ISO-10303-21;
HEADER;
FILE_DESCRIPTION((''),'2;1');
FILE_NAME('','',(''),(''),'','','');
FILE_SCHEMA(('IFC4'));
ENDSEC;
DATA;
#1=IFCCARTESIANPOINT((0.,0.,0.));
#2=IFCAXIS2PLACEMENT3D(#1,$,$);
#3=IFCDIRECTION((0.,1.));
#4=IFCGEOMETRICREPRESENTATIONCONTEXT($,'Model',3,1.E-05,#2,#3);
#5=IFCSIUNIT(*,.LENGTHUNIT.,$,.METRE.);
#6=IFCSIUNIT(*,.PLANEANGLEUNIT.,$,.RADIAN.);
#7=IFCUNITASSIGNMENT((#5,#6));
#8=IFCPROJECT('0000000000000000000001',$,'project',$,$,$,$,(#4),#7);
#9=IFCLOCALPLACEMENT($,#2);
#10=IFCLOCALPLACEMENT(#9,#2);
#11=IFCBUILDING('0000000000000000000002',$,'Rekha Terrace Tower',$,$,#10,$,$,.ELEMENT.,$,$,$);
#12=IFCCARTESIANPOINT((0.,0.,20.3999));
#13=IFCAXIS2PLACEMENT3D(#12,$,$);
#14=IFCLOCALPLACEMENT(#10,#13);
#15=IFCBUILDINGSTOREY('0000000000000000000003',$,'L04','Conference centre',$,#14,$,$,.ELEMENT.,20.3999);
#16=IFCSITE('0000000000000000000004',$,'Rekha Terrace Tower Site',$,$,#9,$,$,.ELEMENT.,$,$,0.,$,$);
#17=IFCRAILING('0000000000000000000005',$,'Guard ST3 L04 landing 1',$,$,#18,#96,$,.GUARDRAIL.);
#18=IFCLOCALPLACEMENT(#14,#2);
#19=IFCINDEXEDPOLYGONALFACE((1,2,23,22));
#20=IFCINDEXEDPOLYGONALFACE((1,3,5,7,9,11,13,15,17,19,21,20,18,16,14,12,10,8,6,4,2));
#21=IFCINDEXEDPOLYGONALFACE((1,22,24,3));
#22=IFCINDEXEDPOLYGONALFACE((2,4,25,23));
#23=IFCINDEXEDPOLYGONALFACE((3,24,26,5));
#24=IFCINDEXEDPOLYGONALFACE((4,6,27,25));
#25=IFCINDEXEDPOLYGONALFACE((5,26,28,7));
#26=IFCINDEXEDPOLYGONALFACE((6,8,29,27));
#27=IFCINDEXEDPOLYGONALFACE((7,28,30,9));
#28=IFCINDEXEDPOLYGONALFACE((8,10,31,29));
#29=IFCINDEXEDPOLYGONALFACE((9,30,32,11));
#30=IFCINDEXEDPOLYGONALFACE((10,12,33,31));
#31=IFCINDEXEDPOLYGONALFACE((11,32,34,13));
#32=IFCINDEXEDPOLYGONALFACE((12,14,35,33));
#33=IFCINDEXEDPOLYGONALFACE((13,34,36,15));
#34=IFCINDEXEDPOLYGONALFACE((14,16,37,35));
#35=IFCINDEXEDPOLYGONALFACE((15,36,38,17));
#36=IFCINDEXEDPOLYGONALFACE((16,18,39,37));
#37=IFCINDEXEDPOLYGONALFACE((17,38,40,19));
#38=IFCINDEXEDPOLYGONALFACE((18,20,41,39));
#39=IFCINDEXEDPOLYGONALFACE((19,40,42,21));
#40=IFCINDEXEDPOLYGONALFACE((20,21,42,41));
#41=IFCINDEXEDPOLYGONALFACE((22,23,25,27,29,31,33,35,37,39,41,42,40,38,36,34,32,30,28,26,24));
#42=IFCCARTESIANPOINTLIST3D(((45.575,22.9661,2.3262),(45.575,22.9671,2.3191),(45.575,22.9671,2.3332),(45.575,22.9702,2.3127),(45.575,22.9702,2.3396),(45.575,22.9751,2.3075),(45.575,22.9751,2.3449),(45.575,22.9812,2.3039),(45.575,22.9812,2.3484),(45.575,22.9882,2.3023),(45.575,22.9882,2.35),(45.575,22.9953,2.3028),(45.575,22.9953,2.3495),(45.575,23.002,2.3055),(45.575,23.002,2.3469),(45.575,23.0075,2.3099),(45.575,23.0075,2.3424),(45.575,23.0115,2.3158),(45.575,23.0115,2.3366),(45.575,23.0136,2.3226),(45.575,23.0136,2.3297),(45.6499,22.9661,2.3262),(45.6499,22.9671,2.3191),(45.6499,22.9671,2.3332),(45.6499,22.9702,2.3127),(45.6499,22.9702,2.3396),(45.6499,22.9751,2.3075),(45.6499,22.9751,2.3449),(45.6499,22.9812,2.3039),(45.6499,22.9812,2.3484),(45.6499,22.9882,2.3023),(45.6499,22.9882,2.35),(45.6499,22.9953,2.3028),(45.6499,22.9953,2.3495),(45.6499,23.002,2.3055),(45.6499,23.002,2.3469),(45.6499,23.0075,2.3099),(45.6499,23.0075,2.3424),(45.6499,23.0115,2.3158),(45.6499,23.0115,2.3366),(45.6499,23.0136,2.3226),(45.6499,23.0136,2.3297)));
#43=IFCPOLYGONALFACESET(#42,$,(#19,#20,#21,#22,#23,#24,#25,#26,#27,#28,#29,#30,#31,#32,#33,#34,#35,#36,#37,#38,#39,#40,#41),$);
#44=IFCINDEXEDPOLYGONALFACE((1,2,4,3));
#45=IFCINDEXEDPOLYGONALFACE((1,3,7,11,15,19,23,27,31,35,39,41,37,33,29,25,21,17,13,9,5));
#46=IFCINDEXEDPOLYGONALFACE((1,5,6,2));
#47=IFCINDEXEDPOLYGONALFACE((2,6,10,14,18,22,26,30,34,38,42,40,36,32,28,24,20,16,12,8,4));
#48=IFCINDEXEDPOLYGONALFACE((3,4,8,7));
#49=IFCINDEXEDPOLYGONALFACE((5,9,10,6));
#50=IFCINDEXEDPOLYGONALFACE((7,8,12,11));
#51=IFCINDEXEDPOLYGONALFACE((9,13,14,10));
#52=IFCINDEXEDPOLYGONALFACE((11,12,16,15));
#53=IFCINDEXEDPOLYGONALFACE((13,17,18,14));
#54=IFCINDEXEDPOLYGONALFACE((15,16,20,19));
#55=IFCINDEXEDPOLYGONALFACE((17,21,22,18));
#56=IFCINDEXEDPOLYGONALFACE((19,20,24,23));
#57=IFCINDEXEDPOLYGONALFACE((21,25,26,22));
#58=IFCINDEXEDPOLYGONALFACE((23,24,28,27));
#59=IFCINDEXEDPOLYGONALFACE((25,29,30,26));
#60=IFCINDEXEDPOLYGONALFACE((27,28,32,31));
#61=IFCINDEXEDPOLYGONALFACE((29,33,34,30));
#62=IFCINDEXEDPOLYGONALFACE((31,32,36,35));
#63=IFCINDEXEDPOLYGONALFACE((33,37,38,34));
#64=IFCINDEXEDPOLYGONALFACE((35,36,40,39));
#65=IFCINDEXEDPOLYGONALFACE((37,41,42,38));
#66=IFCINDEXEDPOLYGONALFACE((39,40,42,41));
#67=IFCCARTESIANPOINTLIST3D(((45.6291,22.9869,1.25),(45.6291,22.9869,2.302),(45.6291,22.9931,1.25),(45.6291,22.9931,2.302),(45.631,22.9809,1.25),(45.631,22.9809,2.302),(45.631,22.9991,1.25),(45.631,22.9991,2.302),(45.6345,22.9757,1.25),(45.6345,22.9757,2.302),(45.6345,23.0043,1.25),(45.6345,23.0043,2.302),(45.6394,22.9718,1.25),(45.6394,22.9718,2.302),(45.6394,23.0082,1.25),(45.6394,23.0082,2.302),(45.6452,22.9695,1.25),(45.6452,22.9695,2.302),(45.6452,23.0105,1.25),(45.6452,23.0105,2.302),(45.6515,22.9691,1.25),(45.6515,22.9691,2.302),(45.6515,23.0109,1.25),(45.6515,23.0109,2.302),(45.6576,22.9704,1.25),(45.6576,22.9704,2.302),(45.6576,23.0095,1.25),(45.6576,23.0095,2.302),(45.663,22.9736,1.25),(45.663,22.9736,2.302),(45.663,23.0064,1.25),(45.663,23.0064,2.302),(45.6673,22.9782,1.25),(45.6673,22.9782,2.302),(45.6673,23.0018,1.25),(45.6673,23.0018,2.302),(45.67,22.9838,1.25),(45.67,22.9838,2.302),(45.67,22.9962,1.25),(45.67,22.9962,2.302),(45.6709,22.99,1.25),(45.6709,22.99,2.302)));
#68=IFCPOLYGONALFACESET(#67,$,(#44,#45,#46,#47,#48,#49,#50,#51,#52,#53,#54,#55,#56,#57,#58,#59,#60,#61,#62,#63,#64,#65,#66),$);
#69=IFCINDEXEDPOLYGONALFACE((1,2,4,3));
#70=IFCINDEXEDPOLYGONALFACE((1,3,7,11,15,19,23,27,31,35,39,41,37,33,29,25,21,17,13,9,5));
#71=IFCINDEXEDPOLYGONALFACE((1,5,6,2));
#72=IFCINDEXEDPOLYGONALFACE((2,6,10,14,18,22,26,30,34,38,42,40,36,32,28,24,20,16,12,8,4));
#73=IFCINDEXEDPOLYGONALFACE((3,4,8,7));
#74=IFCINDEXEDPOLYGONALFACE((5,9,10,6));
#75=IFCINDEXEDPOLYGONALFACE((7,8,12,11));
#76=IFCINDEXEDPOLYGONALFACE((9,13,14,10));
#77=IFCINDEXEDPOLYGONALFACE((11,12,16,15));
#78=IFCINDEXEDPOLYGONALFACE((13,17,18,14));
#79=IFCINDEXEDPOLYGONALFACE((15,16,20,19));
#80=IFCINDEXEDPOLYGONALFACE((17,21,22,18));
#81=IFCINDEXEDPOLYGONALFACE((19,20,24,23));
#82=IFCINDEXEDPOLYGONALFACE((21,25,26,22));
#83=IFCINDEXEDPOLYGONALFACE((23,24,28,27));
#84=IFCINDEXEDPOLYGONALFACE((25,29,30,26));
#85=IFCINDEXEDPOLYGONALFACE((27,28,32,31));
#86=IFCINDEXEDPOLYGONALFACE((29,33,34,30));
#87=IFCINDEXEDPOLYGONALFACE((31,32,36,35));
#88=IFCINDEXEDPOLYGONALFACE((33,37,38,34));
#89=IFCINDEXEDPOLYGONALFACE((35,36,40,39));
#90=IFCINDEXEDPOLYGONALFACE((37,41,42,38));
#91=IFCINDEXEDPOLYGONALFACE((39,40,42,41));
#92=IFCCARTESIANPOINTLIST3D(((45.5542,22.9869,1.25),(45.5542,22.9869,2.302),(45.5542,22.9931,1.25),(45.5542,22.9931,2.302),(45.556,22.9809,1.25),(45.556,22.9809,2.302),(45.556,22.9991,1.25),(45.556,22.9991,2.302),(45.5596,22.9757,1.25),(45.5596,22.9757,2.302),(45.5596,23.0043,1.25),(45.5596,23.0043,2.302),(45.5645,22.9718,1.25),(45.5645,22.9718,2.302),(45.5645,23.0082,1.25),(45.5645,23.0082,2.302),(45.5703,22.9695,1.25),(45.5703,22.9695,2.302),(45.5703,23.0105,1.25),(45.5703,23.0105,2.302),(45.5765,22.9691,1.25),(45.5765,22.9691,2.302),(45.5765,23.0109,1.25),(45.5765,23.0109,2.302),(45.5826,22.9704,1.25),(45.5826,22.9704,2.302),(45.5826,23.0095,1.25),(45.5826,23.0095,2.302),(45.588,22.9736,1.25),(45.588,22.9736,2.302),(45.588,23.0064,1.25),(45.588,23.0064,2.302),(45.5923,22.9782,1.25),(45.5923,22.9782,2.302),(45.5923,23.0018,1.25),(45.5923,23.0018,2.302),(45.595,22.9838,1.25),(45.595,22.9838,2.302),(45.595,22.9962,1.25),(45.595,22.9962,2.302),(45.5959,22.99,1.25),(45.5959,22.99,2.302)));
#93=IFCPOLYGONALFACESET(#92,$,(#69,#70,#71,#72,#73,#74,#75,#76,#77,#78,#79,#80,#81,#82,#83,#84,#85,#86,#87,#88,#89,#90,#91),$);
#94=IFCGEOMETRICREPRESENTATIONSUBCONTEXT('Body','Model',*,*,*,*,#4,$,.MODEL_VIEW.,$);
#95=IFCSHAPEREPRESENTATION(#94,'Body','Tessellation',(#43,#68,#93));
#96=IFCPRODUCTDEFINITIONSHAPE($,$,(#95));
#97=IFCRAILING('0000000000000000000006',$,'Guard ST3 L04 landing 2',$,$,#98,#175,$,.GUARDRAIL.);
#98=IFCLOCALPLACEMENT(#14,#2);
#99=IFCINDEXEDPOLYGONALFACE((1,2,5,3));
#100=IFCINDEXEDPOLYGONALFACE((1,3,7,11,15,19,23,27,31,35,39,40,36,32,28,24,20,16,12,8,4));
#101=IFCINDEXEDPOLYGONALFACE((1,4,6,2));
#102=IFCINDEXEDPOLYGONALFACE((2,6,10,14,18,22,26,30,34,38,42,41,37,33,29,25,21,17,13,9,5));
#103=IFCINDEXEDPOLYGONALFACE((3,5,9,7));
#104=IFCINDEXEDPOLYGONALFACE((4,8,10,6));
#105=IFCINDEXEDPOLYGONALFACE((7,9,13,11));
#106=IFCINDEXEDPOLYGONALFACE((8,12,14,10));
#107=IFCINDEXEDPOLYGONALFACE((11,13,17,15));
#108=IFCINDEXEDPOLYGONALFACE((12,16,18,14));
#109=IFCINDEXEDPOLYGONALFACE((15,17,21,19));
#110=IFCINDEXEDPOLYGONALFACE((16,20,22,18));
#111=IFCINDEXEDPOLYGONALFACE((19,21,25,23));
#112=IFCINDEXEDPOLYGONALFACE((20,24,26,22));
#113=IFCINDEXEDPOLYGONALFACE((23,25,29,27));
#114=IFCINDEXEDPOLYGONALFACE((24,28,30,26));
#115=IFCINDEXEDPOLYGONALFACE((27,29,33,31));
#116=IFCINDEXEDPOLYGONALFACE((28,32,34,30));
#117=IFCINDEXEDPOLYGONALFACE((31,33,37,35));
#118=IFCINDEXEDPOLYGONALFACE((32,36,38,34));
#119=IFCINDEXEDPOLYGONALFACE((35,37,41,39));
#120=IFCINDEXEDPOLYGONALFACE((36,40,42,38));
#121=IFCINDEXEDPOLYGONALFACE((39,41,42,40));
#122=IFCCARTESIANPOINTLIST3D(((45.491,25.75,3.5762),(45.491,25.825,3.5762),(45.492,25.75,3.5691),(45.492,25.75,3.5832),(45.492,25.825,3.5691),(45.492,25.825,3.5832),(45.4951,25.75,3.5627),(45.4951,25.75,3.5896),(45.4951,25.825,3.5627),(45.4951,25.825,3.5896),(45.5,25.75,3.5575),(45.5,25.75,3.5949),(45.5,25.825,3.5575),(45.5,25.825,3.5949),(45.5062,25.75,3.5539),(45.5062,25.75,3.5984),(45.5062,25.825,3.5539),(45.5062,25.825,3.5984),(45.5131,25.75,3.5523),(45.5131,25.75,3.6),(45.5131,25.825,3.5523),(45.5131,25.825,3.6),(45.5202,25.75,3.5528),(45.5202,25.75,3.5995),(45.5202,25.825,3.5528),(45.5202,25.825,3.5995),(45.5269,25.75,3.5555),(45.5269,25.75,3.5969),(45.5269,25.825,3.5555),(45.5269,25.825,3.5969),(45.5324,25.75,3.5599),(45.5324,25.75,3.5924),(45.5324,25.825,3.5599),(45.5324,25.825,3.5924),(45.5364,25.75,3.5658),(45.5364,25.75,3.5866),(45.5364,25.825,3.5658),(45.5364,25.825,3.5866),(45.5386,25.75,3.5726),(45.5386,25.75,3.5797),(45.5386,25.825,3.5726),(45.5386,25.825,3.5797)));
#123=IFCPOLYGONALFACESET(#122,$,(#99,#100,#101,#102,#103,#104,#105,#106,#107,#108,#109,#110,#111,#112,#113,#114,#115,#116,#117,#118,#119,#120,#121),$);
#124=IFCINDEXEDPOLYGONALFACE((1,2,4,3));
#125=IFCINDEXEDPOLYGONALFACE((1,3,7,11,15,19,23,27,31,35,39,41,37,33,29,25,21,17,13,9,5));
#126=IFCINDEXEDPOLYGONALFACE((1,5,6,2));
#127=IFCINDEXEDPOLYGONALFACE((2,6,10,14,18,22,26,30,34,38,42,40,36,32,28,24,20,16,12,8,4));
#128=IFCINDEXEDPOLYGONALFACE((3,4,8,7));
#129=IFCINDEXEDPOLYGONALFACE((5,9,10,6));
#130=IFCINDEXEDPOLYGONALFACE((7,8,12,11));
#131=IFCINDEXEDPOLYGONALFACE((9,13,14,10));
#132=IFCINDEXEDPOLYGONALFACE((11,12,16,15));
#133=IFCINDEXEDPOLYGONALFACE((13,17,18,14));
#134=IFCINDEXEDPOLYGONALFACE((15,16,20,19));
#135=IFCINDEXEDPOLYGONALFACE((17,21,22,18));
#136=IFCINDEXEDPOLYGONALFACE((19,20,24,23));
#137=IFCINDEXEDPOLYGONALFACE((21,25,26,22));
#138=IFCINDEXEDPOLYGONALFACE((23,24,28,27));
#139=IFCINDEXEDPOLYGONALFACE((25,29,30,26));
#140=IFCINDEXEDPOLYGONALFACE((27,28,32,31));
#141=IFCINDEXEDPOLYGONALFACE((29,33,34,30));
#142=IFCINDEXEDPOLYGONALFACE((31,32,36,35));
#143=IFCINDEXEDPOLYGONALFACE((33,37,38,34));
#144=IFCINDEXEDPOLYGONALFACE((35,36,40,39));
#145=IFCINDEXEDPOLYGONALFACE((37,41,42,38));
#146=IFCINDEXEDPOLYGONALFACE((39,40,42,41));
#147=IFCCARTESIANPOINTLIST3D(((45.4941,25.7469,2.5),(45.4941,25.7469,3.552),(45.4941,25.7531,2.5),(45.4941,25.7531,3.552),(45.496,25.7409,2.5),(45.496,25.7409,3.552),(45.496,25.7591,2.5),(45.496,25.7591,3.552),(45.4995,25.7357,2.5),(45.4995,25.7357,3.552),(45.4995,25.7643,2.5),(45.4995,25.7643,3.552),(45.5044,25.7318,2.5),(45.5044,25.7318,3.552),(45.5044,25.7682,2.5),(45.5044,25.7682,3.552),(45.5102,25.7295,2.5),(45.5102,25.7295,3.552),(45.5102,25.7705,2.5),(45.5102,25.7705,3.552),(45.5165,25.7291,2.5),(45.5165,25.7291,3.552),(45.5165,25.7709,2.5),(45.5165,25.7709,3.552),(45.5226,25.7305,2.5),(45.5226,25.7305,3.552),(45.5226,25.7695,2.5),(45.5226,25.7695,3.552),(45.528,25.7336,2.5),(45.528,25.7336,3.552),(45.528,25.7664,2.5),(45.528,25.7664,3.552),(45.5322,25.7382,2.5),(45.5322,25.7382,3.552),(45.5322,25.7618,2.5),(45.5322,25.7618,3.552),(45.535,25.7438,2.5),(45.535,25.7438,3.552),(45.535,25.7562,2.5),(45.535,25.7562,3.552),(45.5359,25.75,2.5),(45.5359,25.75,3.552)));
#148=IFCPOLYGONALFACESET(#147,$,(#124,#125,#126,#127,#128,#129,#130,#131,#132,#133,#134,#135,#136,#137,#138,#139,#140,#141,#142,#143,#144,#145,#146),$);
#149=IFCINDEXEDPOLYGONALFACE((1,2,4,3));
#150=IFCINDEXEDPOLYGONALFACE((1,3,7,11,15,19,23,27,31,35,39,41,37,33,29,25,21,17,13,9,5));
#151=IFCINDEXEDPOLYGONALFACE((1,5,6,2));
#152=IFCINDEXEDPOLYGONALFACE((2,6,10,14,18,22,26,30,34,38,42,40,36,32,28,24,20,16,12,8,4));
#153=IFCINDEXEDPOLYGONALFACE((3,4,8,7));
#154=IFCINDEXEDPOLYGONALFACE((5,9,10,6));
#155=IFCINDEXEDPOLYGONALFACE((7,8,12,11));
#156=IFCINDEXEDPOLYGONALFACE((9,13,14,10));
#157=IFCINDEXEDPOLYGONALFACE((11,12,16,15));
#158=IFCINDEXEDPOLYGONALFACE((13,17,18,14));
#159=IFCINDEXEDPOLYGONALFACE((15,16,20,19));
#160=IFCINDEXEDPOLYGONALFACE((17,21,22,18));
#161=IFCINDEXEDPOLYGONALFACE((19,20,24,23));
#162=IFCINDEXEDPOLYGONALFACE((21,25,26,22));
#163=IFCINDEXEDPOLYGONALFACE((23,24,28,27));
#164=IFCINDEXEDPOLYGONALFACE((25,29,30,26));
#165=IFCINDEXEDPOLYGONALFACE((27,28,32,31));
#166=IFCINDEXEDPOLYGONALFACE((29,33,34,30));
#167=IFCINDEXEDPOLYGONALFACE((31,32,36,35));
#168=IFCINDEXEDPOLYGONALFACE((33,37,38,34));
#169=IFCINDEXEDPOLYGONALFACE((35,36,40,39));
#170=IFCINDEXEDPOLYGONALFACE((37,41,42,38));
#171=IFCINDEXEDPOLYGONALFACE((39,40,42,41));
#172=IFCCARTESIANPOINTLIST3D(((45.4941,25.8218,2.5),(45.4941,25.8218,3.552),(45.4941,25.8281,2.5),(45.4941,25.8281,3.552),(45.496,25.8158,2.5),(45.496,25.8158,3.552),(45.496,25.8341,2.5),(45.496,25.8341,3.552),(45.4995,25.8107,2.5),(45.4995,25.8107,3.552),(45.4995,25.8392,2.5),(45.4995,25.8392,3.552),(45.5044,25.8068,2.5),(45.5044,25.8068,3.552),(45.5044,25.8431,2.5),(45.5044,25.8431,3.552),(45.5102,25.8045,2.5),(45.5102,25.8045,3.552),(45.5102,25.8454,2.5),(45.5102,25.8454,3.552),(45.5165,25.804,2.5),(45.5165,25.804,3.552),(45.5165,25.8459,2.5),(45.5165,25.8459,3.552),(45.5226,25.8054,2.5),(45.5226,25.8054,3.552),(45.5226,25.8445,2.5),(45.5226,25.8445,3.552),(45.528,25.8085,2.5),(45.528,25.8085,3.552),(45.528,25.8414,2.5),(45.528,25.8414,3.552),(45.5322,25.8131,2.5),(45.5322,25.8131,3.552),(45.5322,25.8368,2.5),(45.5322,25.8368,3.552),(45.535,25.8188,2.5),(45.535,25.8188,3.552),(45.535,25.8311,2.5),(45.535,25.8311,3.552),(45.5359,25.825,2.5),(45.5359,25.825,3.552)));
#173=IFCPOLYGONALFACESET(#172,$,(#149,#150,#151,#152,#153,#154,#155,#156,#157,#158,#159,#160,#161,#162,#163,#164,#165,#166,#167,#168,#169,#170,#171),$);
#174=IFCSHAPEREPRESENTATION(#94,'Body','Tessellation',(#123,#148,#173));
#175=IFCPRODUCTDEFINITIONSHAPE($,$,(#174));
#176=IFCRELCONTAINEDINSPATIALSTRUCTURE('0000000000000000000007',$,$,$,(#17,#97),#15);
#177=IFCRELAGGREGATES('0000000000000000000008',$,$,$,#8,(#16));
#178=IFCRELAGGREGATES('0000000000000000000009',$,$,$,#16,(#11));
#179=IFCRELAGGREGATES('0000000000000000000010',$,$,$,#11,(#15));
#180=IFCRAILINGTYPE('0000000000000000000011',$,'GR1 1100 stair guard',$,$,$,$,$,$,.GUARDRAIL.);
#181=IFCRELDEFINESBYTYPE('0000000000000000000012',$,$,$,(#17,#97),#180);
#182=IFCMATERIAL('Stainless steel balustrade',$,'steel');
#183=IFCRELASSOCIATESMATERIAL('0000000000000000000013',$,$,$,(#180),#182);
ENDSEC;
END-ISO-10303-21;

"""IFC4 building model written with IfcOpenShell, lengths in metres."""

from ifc_helpers import new_model, si_unit, direction, frame, origin, origin_2d, place, context, subcontext, project, spatial, circle, extrude, material, type_object, element, save


model = new_model("IFC4")

# Units and contexts
model_context = context("Model", 3, precision=1e-05, world=origin(), true_north=direction((0.0, 1.0)))
body_context = subcontext(model_context, "Body", "Model", "MODEL_VIEW")
ifc_project = project(units=[si_unit("LENGTHUNIT", "METRE"), si_unit("PLANEANGLEUNIT", "RADIAN")], contexts=[model_context])

# Site, building, storey
site_placement = place(None, origin())
site = spatial("IfcSite", under=ifc_project, at=site_placement, Name="Rekha Terrace Tower Site", CompositionType="ELEMENT", RefElevation=0.0)
building_placement = place(site_placement, origin())
building = spatial("IfcBuilding", under=site, at=building_placement, Name="Rekha Terrace Tower", CompositionType="ELEMENT")
storey_placement = place(building_placement, frame((0.0, 0.0, 20.3999)))
storey = spatial("IfcBuildingStorey", under=building, at=storey_placement, Name="L04", Description="Conference centre", CompositionType="ELEMENT", Elevation=20.3999)

# Railings
ifc_material_1 = material(Name="Stainless steel balustrade", Category="steel")
railing_type_1 = type_object("IfcRailingType", Name="GR1 1100 stair guard", PredefinedType="GUARDRAIL", material=ifc_material_1)
railing_1_placement = place(storey_placement, frame((45.6499, 22.99, 1.25)))
element("IfcRailing", 1, at=railing_1_placement, inside=storey, type_object=railing_type_1, Name="Guard ST3 L04 landing 1", PredefinedType="GUARDRAIL", context=body_context, shape_type="SweptSolid", body=[
    extrude(circle(Radius=0.0239, at=origin_2d()), frame((0.0, 0.0, 1.0762), z_axis=(-1.0, 0.0, 0.0), x_axis=(0.0, -1.0, 0.0)), (0.0, 0.0, 1.0), 0.075),
    extrude(circle(Radius=0.021, at=origin_2d()), origin(), (0.0, 0.0, 1.0), 1.052),
    extrude(circle(Radius=0.021, at=origin_2d()), frame((-0.075, 0.0, 0.0)), (0.0, 0.0, 1.0), 1.052),
])
railing_2_placement = place(storey_placement, frame((45.5149, 25.75, 2.5)))
element("IfcRailing", 2, at=railing_2_placement, inside=storey, type_object=railing_type_1, Name="Guard ST3 L04 landing 2", PredefinedType="GUARDRAIL", context=body_context, shape_type="SweptSolid", body=[
    extrude(circle(Radius=0.0239, at=origin_2d()), frame((0.0, 0.0, 1.0762), z_axis=(0.0, 1.0, 0.0), x_axis=(-1.0, 0.0, 0.0)), (0.0, 0.0, 1.0), 0.075),
    extrude(circle(Radius=0.021, at=origin_2d()), origin(), (0.0, 0.0, 1.0), 1.052),
    extrude(circle(Radius=0.021, at=origin_2d()), frame((0.0, 0.075, 0.0)), (0.0, 0.0, 1.0), 1.052),
])

save(model, "model.ifc")
